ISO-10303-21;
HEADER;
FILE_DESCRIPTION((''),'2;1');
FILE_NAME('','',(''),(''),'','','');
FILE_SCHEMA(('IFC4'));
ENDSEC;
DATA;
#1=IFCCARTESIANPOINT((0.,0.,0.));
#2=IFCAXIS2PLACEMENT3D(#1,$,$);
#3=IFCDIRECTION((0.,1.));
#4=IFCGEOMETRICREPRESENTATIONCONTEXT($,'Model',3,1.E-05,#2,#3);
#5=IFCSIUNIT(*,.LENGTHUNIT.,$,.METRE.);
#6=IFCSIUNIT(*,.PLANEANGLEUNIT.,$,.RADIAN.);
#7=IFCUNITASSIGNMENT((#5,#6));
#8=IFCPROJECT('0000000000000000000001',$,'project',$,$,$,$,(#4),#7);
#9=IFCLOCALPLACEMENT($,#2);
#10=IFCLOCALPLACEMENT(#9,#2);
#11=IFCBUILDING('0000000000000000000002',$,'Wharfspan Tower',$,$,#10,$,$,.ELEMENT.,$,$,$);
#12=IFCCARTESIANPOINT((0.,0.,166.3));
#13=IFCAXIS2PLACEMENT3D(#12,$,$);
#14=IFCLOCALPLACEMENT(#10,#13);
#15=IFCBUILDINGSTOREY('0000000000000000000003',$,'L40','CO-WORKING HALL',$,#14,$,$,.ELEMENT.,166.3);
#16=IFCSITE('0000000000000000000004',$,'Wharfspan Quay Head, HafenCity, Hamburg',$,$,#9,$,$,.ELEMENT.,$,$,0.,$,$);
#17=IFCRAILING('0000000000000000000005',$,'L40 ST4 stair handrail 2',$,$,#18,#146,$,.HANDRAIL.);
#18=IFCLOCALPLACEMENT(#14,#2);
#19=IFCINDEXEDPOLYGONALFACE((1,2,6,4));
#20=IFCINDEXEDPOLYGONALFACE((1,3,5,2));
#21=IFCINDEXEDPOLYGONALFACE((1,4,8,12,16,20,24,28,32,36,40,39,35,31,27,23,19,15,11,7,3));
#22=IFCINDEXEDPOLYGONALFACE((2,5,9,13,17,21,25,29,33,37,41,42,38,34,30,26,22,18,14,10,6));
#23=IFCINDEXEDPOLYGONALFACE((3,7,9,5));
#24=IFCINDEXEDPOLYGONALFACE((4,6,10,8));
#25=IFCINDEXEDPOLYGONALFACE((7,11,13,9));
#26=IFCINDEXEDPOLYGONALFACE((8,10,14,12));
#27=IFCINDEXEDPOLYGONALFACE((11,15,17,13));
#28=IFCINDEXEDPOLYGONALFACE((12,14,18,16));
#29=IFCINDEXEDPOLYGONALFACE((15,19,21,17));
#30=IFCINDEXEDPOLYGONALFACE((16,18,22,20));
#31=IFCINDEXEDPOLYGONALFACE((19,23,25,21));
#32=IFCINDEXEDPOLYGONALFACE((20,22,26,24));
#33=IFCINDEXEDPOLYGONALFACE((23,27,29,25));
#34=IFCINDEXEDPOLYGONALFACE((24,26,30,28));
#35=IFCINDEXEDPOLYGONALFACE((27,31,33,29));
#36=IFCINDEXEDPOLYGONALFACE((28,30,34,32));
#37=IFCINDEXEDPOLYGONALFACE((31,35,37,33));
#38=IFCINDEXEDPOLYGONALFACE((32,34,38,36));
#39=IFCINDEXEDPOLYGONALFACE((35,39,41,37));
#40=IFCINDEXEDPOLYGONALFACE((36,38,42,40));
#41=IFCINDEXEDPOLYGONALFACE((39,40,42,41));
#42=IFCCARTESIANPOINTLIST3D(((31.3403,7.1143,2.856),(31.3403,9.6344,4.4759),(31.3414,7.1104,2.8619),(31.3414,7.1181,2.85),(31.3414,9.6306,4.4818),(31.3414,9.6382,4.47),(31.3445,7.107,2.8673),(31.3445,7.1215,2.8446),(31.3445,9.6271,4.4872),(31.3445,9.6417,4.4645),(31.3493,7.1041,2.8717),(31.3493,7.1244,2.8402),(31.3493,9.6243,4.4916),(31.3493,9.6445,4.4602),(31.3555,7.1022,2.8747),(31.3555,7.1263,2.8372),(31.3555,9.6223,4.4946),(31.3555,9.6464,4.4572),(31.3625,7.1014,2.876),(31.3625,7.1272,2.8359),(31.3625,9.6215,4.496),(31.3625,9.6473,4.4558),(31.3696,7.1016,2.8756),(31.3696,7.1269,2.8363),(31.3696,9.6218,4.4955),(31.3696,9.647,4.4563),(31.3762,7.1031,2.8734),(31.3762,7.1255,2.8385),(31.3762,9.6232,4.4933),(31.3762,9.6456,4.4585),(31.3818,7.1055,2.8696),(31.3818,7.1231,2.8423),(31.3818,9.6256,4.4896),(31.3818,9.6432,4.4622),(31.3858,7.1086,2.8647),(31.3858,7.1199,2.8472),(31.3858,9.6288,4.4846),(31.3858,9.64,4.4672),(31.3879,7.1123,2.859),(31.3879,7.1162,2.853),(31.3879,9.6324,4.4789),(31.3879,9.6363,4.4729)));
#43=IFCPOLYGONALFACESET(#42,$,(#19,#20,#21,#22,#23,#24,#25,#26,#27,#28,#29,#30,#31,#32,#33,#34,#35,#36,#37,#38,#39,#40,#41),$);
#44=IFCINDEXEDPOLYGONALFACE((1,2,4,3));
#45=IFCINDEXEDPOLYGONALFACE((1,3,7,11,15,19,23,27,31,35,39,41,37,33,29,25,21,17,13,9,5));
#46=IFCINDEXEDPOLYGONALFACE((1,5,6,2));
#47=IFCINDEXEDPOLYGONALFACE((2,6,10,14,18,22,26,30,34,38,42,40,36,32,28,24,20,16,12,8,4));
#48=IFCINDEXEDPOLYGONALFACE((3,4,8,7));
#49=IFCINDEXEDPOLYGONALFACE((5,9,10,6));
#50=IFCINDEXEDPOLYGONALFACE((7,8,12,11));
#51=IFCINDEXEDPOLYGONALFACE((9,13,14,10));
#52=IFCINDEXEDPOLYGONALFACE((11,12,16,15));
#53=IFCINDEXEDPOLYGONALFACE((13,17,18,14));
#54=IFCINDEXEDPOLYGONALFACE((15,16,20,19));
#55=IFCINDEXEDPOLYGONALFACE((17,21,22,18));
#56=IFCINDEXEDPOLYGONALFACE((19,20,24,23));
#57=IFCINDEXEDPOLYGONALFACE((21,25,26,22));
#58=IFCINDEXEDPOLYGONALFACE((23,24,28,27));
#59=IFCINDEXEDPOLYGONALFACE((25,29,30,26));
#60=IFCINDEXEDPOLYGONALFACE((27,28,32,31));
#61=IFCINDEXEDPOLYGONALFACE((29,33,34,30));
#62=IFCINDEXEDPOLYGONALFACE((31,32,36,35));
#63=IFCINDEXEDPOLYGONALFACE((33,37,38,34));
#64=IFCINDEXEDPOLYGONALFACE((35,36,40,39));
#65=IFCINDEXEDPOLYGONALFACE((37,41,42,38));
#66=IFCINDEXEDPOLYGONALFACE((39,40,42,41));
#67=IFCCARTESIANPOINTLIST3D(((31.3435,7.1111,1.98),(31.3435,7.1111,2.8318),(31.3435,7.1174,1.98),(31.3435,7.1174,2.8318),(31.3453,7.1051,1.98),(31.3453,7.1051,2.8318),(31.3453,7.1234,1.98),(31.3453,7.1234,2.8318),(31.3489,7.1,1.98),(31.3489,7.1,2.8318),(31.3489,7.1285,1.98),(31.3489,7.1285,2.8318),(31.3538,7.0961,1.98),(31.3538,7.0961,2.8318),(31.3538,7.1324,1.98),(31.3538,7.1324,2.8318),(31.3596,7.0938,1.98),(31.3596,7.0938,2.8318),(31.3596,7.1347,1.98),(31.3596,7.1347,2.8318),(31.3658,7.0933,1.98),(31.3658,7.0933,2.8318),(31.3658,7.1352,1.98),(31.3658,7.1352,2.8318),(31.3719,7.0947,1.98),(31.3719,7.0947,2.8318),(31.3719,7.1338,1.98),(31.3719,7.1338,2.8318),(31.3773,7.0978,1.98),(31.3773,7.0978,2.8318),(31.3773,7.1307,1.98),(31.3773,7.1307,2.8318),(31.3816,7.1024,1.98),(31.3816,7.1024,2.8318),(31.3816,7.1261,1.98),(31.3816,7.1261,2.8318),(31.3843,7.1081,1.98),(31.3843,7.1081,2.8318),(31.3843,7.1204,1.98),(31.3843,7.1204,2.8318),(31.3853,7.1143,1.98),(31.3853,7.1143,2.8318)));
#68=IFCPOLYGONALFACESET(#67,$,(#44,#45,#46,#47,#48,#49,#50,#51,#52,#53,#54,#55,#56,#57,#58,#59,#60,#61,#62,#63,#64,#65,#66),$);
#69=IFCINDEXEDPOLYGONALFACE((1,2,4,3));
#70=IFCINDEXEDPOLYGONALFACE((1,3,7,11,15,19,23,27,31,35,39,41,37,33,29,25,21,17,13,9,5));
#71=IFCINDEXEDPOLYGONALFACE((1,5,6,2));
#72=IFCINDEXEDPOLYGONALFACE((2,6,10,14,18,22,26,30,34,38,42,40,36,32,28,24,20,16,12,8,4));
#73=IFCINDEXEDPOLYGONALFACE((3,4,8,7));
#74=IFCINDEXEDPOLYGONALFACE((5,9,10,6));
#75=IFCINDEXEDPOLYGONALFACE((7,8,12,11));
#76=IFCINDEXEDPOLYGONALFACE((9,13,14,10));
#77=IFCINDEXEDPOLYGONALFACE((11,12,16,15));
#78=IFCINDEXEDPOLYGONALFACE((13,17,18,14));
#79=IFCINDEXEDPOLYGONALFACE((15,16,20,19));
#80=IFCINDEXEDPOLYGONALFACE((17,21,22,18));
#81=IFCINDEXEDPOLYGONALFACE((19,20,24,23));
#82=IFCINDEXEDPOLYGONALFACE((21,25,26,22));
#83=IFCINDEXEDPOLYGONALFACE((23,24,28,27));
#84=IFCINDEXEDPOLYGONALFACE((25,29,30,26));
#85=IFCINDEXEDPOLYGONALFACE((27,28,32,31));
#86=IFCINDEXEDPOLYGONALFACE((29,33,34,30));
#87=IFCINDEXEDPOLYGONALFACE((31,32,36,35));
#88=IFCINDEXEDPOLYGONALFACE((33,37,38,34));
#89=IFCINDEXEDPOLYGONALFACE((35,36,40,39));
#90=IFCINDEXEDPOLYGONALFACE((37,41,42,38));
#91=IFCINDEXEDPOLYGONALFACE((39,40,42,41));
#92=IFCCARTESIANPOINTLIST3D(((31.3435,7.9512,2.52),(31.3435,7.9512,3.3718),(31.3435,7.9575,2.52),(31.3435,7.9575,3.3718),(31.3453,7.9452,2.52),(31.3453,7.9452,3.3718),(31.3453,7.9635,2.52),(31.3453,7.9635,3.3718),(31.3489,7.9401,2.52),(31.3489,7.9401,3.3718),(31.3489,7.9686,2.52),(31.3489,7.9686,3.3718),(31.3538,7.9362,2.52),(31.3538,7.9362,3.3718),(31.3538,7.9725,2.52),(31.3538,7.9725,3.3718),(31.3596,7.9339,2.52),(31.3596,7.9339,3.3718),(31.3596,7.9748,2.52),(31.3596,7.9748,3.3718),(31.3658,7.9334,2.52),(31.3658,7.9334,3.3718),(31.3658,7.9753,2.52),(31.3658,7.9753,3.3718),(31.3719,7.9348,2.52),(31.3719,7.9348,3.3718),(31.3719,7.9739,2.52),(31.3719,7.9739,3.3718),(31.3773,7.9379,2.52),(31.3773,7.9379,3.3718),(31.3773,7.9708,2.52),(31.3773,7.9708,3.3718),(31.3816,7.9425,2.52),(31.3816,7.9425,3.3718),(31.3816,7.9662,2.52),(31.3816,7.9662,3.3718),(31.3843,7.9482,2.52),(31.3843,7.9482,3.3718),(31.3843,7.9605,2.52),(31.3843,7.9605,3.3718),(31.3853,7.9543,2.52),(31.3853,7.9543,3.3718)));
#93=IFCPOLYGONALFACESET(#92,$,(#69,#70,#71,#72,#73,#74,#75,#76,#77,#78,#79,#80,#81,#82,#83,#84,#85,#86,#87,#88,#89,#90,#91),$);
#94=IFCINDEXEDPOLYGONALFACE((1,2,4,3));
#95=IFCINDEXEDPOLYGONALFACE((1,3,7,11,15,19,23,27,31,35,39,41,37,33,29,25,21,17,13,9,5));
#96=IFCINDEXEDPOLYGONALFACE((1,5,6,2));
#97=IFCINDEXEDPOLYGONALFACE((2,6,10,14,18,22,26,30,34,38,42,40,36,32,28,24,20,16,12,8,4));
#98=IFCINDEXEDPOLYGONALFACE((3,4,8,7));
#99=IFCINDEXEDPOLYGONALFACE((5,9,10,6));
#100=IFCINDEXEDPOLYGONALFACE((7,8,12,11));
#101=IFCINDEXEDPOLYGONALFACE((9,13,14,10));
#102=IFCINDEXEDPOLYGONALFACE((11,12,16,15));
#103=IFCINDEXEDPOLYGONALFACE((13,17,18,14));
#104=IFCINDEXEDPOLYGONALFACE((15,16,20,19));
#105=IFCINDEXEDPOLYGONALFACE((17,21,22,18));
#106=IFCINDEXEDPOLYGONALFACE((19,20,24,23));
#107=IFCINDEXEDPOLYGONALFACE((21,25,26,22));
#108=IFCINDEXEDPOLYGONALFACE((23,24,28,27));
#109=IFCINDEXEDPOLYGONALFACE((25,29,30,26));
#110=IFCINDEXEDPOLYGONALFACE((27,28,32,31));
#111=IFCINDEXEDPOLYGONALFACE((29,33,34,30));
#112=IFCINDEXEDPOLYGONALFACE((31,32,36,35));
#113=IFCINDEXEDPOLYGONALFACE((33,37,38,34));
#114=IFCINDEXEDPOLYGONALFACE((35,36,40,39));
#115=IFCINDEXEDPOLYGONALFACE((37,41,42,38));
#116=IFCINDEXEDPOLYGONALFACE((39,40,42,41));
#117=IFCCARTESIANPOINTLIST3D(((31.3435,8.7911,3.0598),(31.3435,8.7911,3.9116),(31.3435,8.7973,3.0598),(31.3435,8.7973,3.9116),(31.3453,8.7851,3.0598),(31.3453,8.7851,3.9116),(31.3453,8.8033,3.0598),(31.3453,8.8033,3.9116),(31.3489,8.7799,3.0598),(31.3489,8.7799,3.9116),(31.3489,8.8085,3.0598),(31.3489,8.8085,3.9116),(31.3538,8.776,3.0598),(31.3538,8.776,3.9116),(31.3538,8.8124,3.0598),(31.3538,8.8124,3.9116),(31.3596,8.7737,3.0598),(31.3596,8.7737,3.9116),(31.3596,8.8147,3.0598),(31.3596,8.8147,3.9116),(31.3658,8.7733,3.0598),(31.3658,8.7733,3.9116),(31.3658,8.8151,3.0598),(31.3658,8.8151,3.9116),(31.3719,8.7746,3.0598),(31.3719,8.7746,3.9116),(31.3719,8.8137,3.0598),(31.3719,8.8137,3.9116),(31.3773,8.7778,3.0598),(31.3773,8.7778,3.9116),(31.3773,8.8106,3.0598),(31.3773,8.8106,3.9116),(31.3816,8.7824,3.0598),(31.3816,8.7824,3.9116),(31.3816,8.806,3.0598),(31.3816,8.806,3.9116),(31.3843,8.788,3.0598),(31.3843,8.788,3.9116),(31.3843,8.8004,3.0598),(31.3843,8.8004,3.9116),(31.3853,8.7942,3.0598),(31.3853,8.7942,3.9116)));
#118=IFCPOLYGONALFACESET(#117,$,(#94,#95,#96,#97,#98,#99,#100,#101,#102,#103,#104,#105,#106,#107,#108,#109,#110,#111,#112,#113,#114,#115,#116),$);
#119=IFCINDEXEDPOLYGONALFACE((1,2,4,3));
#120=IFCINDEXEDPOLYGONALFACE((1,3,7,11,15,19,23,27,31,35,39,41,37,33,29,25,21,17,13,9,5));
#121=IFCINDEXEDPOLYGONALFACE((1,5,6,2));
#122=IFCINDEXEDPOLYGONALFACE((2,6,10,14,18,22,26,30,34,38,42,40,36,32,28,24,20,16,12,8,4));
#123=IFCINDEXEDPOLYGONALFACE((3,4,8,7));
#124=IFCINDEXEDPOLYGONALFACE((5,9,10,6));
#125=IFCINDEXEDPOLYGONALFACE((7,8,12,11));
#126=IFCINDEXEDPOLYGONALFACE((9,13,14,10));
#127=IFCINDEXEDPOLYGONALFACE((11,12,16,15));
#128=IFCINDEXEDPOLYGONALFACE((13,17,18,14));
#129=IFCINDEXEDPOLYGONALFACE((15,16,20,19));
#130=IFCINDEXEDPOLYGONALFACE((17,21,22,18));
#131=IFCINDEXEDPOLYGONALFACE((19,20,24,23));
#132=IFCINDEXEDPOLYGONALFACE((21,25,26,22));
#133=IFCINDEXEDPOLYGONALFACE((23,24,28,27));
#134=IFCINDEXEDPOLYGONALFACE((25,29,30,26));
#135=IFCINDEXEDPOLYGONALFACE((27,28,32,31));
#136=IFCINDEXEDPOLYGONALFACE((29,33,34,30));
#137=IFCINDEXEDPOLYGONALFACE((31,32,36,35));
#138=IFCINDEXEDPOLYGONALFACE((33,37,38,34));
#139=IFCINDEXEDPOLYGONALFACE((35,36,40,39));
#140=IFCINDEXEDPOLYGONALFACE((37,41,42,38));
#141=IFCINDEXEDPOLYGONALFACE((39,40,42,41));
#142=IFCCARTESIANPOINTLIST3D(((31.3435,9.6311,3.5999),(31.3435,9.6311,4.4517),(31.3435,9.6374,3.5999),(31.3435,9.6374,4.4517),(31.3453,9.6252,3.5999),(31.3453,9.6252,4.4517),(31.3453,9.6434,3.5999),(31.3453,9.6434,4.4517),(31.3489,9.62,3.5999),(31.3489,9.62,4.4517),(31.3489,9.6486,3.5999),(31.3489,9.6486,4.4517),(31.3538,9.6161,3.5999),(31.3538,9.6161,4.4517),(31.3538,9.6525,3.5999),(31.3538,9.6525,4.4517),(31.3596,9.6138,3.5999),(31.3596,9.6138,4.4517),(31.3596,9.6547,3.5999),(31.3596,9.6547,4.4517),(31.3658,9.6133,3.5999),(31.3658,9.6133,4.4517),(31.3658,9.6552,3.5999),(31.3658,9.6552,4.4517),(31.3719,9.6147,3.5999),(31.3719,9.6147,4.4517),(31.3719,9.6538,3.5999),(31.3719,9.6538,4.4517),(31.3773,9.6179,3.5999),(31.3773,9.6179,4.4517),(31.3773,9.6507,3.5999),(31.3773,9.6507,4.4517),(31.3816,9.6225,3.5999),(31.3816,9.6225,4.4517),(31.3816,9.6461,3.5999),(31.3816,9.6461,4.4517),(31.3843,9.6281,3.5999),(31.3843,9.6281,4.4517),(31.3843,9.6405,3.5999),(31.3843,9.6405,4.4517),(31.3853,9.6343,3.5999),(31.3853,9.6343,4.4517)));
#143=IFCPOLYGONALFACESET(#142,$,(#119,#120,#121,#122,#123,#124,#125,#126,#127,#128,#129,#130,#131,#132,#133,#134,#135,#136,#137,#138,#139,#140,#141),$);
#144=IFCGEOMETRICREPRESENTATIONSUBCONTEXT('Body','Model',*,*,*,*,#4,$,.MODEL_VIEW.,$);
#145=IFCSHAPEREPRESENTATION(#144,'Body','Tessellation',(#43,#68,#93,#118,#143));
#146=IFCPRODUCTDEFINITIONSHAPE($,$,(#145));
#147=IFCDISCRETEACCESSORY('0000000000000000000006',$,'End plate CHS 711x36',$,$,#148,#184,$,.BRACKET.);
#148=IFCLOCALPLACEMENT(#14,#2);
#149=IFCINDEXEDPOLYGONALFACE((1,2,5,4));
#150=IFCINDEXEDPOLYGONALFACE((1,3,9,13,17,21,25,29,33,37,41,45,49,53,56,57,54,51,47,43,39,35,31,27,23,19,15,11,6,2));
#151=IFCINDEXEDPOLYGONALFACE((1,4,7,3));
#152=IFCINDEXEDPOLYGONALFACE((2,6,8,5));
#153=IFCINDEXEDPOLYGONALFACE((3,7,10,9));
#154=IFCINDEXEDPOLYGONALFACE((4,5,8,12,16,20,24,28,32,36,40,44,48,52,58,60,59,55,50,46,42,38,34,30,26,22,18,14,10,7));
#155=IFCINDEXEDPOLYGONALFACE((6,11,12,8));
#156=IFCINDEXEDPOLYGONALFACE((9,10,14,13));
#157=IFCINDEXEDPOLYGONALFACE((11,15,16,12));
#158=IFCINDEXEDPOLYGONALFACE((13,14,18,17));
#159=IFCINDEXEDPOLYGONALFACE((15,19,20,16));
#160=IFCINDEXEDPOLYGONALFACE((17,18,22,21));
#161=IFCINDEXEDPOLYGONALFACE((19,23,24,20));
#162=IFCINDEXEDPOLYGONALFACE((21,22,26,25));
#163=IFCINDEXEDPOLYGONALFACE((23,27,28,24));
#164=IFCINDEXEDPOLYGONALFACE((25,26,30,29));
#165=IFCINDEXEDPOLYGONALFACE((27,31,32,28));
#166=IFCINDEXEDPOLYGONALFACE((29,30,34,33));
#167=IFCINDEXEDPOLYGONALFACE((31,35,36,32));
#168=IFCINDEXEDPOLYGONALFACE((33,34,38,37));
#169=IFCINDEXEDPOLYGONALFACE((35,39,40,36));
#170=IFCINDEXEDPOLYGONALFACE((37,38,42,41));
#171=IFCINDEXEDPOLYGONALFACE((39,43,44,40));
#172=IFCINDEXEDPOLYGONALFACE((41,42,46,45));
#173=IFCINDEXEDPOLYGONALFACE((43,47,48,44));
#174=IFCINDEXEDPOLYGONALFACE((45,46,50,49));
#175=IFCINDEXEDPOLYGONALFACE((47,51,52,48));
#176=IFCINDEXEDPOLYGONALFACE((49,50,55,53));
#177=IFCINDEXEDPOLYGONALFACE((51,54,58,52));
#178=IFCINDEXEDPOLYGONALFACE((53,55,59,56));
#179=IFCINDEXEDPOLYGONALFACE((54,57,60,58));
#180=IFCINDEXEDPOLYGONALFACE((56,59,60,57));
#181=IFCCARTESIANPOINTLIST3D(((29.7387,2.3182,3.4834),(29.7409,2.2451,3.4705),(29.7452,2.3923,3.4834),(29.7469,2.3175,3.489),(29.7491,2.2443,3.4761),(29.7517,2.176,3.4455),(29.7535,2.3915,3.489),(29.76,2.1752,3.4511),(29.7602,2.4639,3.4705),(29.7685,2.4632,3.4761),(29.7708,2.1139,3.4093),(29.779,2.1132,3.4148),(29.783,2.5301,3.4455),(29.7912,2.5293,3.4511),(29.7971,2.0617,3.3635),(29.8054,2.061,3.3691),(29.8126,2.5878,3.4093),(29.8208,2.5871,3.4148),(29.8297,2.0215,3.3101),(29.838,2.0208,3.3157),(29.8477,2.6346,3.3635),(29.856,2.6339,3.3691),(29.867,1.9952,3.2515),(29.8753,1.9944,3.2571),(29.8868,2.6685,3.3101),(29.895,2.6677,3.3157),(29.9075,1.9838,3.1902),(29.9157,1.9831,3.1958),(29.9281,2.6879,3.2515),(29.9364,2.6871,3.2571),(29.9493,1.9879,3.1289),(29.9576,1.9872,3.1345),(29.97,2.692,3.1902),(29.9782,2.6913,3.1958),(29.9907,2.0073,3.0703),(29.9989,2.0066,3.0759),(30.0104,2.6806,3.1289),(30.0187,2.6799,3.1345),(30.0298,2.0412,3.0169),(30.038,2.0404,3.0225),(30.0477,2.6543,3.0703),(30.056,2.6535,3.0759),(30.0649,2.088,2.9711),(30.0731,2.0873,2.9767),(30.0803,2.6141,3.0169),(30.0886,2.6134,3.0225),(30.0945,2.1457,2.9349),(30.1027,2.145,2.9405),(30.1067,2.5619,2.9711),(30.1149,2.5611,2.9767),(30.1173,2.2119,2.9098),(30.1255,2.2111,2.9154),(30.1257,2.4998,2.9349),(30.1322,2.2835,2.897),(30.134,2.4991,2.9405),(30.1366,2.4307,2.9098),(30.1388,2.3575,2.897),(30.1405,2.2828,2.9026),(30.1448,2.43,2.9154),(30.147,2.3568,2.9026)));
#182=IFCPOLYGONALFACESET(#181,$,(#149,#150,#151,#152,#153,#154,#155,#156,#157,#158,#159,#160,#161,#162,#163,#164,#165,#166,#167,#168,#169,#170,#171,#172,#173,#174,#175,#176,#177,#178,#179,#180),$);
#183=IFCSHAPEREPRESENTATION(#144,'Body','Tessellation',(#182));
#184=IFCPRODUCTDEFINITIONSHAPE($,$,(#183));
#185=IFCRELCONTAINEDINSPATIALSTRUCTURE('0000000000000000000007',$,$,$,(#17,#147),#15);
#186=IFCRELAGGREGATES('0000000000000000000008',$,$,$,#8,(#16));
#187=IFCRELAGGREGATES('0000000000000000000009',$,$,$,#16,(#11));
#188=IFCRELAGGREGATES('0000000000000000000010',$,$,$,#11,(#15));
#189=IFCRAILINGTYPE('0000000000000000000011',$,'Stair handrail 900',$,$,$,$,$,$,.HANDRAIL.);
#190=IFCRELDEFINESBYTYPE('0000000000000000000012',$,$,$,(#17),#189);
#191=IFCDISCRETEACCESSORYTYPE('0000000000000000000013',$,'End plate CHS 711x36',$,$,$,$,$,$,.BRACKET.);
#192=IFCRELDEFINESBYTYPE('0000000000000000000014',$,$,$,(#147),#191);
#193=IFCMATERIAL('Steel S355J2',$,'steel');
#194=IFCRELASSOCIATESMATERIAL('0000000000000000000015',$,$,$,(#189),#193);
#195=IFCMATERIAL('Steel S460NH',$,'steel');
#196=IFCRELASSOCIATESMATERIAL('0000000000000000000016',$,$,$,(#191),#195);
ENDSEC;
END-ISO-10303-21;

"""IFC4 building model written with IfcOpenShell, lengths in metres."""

from ifc_helpers import new_model, si_unit, direction, frame, origin, origin_2d, place, context, subcontext, project, spatial, circle, extrude, material, material_profile, profile_set, type_object, element, save


model = new_model("IFC4")

# Units and contexts
model_context = context("Model", 3, precision=1e-05, world=origin(), true_north=direction((0.0, 1.0)))
body_context = subcontext(model_context, "Body", "Model", "MODEL_VIEW")
ifc_project = project(units=[si_unit("LENGTHUNIT", "METRE"), si_unit("PLANEANGLEUNIT", "RADIAN")], contexts=[model_context])

# Site, building, storey
site_placement = place(None, origin())
site = spatial("IfcSite", under=ifc_project, at=site_placement, Name="Wharfspan Quay Head, HafenCity, Hamburg", CompositionType="ELEMENT", RefElevation=0.0)
building_placement = place(site_placement, origin())
building = spatial("IfcBuilding", under=site, at=building_placement, Name="Wharfspan Tower", CompositionType="ELEMENT")
storey_placement = place(building_placement, frame((0.0, 0.0, 166.3)))
storey = spatial("IfcBuildingStorey", under=building, at=storey_placement, Name="L40", Description="CO-WORKING HALL", CompositionType="ELEMENT", Elevation=166.3)

# Shared definitions
ifc_material_1 = material(Name="Steel S355J2", Category="steel")

# Shared definitions
ifc_material_2 = material(Name="Steel S460NH", Category="steel")

# Railing
railing_type_1 = type_object("IfcRailingType", Name="Stair handrail 900", PredefinedType="HANDRAIL", material=ifc_material_1)
railing_1_placement = place(storey_placement, frame((31.3643, 7.1143, 1.98)))
element("IfcRailing", 1, at=railing_1_placement, inside=storey, type_object=railing_type_1, Name="L40 ST4 stair handrail 2", PredefinedType="HANDRAIL", context=body_context, shape_type="SweptSolid", body=[
    extrude(circle(Radius=0.0239, at=origin_2d()), frame((0.0, 0.0, 0.876), z_axis=(0.0, 0.8412, 0.540725), x_axis=(-1.0, 0.0, 0.0)), (0.0, 0.0, 1.0), 2.9958),
    extrude(circle(Radius=0.021, at=origin_2d()), origin(), (0.0, 0.0, 1.0), 0.8518),
    extrude(circle(Radius=0.021, at=origin_2d()), frame((0.0, 0.8401, 0.54)), (0.0, 0.0, 1.0), 0.8518),
    extrude(circle(Radius=0.021, at=origin_2d()), frame((0.0, 1.6799, 1.0798)), (0.0, 0.0, 1.0), 0.8518),
    extrude(circle(Radius=0.021, at=origin_2d()), frame((0.0, 2.52, 1.6199)), (0.0, 0.0, 1.0), 0.8518),
])

# Discrete accessory
ifc_material_profile_1 = material_profile(ifc_material_2, circle(Radius=0.3555, at=origin_2d()))
ifc_profile_set_1 = profile_set([ifc_material_profile_1], Name="Steel S460NH")
discrete_accessory_type = type_object("IfcDiscreteAccessoryType", Name="End plate CHS 711x36", PredefinedType="BRACKET", material=ifc_profile_set_1)
for number, where, z_axis, x_axis, name in (
    (2, (29.9387, 2.3379, 3.1902), (0.82608, -0.072889, 0.558819), (0.087894, 0.99613, -0.000001), "End plate CHS 711x36"),
):
    element("IfcDiscreteAccessory", number, at=place(storey_placement, frame(where, z_axis=z_axis, x_axis=x_axis)), inside=storey, type_object=discrete_accessory_type, Name=name, PredefinedType="BRACKET", context=body_context, shape_type="SweptSolid", body=[
        extrude(circle(Radius=0.3555, at=origin_2d()), origin(), (0.0, 0.0, 1.0), 0.01),
    ])

save(model, "model.ifc")
